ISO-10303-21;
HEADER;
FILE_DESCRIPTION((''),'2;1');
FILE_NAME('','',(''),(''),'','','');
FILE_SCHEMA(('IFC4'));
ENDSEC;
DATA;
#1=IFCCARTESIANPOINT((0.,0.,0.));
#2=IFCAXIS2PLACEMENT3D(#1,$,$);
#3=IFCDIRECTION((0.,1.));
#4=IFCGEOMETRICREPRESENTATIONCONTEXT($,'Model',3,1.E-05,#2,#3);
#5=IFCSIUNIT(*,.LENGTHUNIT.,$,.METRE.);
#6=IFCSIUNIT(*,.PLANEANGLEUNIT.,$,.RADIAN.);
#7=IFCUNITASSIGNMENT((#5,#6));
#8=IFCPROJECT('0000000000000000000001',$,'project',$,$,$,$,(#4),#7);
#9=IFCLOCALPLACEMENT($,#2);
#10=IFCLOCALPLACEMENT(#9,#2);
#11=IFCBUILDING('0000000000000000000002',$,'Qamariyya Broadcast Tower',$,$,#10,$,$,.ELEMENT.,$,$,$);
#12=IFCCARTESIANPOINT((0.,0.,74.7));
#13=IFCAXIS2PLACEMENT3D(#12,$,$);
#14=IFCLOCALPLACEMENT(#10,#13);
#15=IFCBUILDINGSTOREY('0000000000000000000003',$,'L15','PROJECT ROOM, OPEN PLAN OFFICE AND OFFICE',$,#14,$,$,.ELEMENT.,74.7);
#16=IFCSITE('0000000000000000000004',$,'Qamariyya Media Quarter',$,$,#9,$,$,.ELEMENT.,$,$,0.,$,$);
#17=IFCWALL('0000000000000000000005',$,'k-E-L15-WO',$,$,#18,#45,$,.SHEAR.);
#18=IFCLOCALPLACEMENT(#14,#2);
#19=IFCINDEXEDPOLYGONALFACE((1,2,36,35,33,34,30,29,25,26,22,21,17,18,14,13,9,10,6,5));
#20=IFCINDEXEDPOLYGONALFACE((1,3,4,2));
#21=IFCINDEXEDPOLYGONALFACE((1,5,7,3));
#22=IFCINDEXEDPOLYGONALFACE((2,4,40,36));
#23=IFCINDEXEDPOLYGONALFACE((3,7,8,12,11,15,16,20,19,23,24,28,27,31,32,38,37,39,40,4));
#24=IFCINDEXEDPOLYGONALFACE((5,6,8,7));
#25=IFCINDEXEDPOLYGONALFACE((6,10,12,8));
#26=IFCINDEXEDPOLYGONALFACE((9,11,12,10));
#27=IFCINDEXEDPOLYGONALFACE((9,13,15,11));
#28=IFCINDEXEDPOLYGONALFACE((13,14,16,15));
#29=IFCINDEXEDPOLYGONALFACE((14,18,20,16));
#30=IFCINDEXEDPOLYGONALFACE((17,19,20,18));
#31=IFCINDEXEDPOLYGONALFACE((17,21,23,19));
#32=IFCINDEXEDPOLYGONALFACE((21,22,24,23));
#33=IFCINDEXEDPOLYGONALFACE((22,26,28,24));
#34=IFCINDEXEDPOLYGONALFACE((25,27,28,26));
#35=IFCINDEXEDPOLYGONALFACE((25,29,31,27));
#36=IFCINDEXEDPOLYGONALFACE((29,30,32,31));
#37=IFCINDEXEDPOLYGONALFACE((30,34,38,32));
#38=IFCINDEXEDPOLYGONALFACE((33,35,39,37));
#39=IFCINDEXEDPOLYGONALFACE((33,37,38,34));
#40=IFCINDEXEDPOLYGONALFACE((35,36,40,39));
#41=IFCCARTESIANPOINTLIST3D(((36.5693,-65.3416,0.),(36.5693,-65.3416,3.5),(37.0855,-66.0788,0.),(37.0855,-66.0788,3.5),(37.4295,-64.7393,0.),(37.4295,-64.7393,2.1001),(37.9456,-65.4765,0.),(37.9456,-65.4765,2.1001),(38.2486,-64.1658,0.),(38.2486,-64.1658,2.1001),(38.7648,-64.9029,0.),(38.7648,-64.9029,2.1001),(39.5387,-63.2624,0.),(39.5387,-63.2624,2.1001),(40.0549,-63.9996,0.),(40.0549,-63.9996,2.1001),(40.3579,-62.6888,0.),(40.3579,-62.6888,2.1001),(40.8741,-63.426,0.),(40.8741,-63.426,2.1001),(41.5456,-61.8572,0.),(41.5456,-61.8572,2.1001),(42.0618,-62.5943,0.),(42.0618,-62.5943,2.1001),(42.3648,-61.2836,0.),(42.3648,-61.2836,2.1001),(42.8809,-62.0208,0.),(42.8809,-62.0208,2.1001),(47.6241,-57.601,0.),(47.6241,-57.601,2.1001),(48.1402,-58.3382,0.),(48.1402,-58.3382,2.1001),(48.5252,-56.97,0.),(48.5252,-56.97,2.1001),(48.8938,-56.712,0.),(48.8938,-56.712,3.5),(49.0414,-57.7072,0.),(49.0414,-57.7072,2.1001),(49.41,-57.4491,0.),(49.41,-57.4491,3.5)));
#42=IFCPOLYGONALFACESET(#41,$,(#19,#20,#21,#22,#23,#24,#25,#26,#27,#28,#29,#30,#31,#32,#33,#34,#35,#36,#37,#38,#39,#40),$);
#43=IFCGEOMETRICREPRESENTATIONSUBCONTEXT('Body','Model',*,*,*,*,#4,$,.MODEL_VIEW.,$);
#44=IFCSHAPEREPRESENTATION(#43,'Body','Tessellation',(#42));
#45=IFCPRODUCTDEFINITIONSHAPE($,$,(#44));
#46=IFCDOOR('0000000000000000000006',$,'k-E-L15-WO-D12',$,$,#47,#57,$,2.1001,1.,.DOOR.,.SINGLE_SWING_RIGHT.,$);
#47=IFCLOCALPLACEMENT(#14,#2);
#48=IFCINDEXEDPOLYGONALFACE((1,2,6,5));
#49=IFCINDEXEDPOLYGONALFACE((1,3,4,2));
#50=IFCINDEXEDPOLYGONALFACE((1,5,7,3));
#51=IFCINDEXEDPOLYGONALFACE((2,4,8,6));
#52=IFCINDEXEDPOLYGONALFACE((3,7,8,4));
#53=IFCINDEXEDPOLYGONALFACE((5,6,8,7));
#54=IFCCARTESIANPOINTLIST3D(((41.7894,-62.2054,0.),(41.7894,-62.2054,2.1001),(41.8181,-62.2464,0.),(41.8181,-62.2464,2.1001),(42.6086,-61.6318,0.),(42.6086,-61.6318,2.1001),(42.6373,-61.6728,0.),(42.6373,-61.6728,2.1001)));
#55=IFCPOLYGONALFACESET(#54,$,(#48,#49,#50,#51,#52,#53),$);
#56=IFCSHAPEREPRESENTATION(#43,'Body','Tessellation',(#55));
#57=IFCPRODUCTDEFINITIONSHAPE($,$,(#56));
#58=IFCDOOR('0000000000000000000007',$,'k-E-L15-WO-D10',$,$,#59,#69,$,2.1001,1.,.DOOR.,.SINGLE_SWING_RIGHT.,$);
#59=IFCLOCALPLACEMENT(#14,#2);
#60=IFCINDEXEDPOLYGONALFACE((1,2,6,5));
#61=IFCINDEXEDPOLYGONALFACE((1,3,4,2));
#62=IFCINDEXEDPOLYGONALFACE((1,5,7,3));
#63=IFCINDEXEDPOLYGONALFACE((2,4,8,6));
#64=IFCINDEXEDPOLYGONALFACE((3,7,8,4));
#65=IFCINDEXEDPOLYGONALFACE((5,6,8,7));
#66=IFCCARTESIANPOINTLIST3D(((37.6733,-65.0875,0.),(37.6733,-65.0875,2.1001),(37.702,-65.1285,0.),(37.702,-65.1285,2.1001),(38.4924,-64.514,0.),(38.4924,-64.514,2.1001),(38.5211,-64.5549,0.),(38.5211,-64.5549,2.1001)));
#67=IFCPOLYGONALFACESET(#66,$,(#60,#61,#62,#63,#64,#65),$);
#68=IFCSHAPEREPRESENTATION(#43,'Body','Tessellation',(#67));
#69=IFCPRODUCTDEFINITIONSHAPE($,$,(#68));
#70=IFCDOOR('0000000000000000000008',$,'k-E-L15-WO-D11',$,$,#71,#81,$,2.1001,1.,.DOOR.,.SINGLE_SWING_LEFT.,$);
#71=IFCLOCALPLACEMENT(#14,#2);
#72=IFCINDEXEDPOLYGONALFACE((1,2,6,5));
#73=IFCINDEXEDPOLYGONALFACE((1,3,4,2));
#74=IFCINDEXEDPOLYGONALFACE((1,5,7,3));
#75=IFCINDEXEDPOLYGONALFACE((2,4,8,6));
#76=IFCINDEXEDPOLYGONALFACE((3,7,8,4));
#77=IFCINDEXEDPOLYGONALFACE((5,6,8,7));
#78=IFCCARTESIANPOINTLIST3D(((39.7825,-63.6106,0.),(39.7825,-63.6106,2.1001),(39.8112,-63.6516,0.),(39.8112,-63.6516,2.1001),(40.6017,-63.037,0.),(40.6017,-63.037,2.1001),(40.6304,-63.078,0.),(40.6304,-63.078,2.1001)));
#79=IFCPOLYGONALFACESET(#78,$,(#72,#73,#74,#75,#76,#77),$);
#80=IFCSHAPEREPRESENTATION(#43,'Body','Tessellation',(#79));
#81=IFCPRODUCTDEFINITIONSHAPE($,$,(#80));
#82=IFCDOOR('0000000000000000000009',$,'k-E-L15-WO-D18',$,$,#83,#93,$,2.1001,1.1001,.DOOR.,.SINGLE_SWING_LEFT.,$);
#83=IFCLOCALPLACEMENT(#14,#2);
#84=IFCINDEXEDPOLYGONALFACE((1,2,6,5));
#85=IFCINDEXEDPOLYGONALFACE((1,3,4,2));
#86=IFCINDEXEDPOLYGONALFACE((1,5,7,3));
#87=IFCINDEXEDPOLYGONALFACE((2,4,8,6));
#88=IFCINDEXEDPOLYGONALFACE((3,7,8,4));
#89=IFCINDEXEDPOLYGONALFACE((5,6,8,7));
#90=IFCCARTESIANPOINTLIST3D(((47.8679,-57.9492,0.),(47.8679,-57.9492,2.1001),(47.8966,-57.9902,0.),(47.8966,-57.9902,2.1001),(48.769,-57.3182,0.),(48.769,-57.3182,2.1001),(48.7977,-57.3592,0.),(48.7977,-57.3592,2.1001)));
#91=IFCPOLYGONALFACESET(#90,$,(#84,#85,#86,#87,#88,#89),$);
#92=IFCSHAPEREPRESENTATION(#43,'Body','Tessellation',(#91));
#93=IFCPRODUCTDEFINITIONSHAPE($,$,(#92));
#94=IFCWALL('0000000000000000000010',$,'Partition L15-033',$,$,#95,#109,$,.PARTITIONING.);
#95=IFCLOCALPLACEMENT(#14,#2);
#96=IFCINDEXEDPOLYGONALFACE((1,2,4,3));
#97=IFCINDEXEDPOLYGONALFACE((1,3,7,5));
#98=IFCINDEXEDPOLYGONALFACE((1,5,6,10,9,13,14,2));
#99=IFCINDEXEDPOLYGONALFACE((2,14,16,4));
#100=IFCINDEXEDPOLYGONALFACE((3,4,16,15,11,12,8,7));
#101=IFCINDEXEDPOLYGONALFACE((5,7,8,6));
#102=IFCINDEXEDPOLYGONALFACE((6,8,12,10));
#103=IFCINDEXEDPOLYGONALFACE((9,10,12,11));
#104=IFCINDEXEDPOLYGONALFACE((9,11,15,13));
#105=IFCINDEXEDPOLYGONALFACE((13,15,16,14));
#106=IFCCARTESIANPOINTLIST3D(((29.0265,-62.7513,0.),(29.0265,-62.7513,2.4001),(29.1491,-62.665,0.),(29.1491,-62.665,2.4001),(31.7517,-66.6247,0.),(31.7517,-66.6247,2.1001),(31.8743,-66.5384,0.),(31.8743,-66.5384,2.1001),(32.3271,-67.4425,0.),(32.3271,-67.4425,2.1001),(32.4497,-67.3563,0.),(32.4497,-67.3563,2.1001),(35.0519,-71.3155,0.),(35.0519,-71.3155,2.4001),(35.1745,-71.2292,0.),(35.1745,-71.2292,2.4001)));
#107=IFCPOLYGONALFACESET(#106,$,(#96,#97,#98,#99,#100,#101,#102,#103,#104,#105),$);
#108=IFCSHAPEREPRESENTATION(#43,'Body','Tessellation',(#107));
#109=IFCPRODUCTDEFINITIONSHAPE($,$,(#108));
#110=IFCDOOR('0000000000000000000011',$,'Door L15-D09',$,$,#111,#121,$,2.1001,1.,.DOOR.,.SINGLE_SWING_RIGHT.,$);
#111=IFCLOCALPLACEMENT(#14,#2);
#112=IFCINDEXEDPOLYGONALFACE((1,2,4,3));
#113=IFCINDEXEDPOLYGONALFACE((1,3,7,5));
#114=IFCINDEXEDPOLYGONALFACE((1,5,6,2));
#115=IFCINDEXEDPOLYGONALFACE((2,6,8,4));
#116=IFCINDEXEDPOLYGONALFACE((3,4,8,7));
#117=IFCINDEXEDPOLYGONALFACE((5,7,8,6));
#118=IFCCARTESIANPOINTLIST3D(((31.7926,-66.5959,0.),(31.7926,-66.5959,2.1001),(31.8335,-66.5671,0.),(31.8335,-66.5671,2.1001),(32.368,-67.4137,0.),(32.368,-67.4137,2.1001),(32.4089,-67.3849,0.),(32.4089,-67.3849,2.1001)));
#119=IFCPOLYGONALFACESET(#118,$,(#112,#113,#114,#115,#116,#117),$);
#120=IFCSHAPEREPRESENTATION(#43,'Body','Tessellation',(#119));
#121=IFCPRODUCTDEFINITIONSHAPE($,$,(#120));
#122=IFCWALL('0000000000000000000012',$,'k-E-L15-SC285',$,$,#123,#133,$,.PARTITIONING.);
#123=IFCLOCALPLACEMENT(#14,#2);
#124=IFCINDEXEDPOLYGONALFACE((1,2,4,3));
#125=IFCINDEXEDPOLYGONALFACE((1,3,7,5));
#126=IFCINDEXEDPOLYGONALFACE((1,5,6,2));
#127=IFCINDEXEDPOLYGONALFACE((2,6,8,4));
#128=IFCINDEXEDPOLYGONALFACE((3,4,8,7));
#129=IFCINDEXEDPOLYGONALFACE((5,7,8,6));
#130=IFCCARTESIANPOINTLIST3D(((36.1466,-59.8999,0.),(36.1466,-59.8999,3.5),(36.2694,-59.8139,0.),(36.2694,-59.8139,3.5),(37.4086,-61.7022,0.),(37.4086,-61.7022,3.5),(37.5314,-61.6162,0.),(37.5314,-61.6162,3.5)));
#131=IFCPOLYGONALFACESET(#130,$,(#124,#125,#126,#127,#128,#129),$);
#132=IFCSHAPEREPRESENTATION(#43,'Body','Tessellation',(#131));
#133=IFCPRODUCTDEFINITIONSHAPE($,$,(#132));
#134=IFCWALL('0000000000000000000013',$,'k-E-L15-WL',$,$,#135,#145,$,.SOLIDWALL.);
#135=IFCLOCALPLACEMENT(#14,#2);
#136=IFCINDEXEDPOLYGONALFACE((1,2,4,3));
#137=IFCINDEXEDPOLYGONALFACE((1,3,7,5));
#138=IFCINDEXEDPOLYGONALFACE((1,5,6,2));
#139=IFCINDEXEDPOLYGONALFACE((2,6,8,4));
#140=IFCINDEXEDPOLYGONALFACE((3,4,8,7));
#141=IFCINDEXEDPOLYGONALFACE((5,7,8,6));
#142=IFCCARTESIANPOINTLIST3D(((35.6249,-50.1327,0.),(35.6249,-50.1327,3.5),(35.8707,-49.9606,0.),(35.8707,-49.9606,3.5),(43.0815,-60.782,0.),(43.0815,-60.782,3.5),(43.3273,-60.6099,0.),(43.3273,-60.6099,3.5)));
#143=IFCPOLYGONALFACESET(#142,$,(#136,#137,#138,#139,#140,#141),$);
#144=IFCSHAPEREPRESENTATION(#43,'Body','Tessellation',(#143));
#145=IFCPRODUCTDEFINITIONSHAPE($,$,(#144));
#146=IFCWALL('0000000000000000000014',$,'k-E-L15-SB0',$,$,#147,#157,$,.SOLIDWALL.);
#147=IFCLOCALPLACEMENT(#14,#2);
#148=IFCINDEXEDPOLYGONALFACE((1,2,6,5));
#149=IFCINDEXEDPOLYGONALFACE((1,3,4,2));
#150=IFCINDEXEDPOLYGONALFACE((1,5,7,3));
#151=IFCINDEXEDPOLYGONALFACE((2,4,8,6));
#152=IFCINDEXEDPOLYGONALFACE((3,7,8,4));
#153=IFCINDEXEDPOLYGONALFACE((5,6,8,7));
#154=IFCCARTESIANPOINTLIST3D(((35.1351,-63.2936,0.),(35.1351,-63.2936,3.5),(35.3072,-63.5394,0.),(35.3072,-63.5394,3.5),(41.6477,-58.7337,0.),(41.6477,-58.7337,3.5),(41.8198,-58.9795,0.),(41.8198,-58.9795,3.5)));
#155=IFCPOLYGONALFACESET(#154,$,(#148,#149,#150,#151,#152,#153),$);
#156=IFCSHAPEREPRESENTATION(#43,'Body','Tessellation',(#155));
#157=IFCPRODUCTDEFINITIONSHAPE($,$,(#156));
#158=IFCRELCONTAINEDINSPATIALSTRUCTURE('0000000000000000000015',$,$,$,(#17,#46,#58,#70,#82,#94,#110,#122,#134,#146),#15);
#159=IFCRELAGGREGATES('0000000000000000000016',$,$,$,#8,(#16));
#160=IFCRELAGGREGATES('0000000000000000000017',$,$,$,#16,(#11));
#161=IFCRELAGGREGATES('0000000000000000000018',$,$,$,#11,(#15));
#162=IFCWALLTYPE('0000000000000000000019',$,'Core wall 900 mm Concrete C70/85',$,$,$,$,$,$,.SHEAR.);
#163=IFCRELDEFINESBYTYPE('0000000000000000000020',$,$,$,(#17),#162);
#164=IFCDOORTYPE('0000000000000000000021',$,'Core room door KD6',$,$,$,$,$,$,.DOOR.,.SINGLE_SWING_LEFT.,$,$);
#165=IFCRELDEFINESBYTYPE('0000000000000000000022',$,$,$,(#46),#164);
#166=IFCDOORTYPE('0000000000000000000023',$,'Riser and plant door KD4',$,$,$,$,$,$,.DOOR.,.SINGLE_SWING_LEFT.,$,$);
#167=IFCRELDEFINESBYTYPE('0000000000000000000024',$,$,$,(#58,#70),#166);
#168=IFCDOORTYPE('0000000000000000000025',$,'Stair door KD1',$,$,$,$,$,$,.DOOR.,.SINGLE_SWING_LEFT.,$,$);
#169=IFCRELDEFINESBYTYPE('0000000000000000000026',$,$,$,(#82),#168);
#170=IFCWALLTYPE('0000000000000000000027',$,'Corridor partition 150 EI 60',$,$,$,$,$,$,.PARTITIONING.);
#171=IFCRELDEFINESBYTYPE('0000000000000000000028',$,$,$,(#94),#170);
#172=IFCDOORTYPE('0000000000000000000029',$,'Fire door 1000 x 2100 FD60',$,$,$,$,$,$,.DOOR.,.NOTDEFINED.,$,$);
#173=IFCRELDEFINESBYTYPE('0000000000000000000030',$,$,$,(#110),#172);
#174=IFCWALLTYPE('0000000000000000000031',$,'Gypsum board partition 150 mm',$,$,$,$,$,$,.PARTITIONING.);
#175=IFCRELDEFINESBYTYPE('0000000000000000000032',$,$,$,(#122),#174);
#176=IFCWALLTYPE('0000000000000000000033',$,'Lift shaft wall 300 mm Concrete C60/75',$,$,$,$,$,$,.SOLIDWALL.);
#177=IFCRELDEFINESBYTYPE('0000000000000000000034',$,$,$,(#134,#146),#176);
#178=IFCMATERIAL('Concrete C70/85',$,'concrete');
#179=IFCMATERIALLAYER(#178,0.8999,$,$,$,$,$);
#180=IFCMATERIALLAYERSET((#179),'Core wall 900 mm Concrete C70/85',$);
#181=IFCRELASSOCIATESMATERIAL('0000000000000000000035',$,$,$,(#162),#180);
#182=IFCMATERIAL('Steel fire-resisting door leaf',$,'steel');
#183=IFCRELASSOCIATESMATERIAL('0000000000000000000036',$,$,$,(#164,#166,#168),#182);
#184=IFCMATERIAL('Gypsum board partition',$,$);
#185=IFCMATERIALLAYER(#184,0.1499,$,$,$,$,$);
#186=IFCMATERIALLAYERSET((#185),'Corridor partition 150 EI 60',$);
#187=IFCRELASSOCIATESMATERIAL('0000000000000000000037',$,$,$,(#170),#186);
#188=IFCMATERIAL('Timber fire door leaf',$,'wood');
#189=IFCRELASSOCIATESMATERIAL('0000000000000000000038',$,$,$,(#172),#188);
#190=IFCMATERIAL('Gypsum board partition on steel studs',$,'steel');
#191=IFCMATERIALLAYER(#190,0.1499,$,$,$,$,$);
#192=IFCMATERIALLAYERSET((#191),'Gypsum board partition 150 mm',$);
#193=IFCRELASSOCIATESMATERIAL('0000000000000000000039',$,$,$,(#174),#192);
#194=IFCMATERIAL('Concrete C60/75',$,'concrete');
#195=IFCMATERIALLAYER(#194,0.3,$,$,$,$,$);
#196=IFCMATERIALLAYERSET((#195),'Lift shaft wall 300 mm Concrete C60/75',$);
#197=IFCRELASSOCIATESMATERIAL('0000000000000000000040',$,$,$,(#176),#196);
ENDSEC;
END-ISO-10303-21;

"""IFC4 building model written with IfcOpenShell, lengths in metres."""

from ifc_helpers import new_model, si_unit, direction, frame, frame_2d, origin, place, context, subcontext, project, spatial, rectangle, extrude, material, layer, layer_set, type_object, element, fill, save


model = new_model("IFC4")

# Units and contexts
model_context = context("Model", 3, precision=1e-05, world=origin(), true_north=direction((0.0, 1.0)))
body_context = subcontext(model_context, "Body", "Model", "MODEL_VIEW")
ifc_project = project(units=[si_unit("LENGTHUNIT", "METRE"), si_unit("PLANEANGLEUNIT", "RADIAN")], contexts=[model_context])

# Site, building, storey
site_placement = place(None, origin())
site = spatial("IfcSite", under=ifc_project, at=site_placement, Name="Qamariyya Media Quarter", CompositionType="ELEMENT", RefElevation=0.0)
building_placement = place(site_placement, origin())
building = spatial("IfcBuilding", under=site, at=building_placement, Name="Qamariyya Broadcast Tower", CompositionType="ELEMENT")
storey_placement = place(building_placement, frame((0.0, 0.0, 74.7)))
storey = spatial("IfcBuildingStorey", under=building, at=storey_placement, Name="L15", Description="PROJECT ROOM, OPEN PLAN OFFICE AND OFFICE", CompositionType="ELEMENT", Elevation=74.7)

# Shared definitions
ifc_material_1 = material(Name="Concrete C70/85", Category="concrete")

# Shared definitions
ifc_layer_1 = layer(ifc_material_1, 0.8999)
ifc_layer_set_1 = layer_set([ifc_layer_1], Name="Core wall 900 mm Concrete C70/85")
wall_type_1 = type_object("IfcWallType", Name="Core wall 900 mm Concrete C70/85", PredefinedType="SHEAR", material=ifc_layer_set_1)
ifc_material_2 = material(Name="Steel fire-resisting door leaf", Category="steel")

# Wall, openings, doors
wall_1_placement = place(storey_placement, frame((36.8274, -65.7102, 0.0), z_axis=(0.0, 0.0, 1.0), x_axis=(0.819153, 0.573575, 0.0)))
wall_1 = element("IfcWall", 1, at=wall_1_placement, inside=storey, type_object=wall_type_1, Name="k-E-L15-WO", PredefinedType="SHEAR", context=body_context, shape_type="SweptSolid", body=[
    extrude(rectangle(XDim=15.0454, YDim=0.8999, at=frame_2d((7.5227, 0.0))), origin(), (0.0, 0.0, 1.0), 3.5),
])
opening_1_placement = place(wall_1_placement, frame((1.05, 0.0, 0.0)))
opening_1 = element("IfcOpeningElement", 2, at=opening_1_placement, cuts=wall_1, PredefinedType="OPENING", context=body_context, shape_type="SweptSolid", body=[
    extrude(rectangle(XDim=1.0, YDim=2.1001, at=frame_2d((0.5, 1.05))), frame((0.0, 0.46, 0.0), z_axis=(0.0, -1.0, 0.0), x_axis=(1.0, 0.0, 0.0)), (0.0, 0.0, 1.0), 0.9199),
])
opening_2_placement = place(wall_1_placement, frame((3.625, 0.0, 0.0)))
opening_2 = element("IfcOpeningElement", 3, at=opening_2_placement, cuts=wall_1, PredefinedType="OPENING", context=body_context, shape_type="SweptSolid", body=[
    extrude(rectangle(XDim=1.0, YDim=2.1001, at=frame_2d((0.5, 1.05))), frame((0.0, 0.46, 0.0), z_axis=(0.0, -1.0, 0.0), x_axis=(1.0, 0.0, 0.0)), (0.0, 0.0, 1.0), 0.9199),
])
opening_3_placement = place(wall_1_placement, frame((6.075, 0.0, 0.0)))
opening_3 = element("IfcOpeningElement", 4, at=opening_3_placement, cuts=wall_1, PredefinedType="OPENING", context=body_context, shape_type="SweptSolid", body=[
    extrude(rectangle(XDim=1.0, YDim=2.1001, at=frame_2d((0.5, 1.05))), frame((0.0, 0.46, 0.0), z_axis=(0.0, -1.0, 0.0), x_axis=(1.0, 0.0, 0.0)), (0.0, 0.0, 1.0), 0.9199),
])
opening_4_placement = place(wall_1_placement, frame((13.4954, 0.0, 0.0)))
opening_4 = element("IfcOpeningElement", 5, at=opening_4_placement, cuts=wall_1, PredefinedType="OPENING", context=body_context, shape_type="SweptSolid", body=[
    extrude(rectangle(XDim=1.1001, YDim=2.1001, at=frame_2d((0.55, 1.05))), frame((0.0, 0.46, 0.0), z_axis=(0.0, -1.0, 0.0), x_axis=(1.0, 0.0, 0.0)), (0.0, 0.0, 1.0), 0.9199),
])
door_type_1 = type_object("IfcDoorType", Name="Core room door KD6", OperationType="SINGLE_SWING_LEFT", PredefinedType="DOOR", material=ifc_material_2)
door_1_placement = place(opening_3_placement, origin())
door_1 = element("IfcDoor", 6, at=door_1_placement, inside=storey, type_object=door_type_1, Name="k-E-L15-WO-D12", OperationType="SINGLE_SWING_RIGHT", OverallHeight=2.1001, OverallWidth=1.0, PredefinedType="DOOR", context=body_context, shape_type="SweptSolid", body=[
    extrude(rectangle(XDim=1.0, YDim=2.1001, at=frame_2d((0.5, 1.05))), frame((0.0, 0.0249, 0.0), z_axis=(0.0, -1.0, 0.0), x_axis=(1.0, 0.0, 0.0)), (0.0, 0.0, 1.0), 0.05),
])
fill(opening_3, door_1)
door_type_2 = type_object("IfcDoorType", Name="Riser and plant door KD4", OperationType="SINGLE_SWING_LEFT", PredefinedType="DOOR", material=ifc_material_2)
door_2_placement = place(opening_1_placement, origin())
door_2 = element("IfcDoor", 7, at=door_2_placement, inside=storey, type_object=door_type_2, Name="k-E-L15-WO-D10", OperationType="SINGLE_SWING_RIGHT", OverallHeight=2.1001, OverallWidth=1.0, PredefinedType="DOOR", context=body_context, shape_type="SweptSolid", body=[
    extrude(rectangle(XDim=1.0, YDim=2.1001, at=frame_2d((0.5, 1.05))), frame((0.0, 0.0249, 0.0), z_axis=(0.0, -1.0, 0.0), x_axis=(1.0, 0.0, 0.0)), (0.0, 0.0, 1.0), 0.05),
])
fill(opening_1, door_2)
door_3_placement = place(opening_2_placement, origin())
door_3 = element("IfcDoor", 8, at=door_3_placement, inside=storey, type_object=door_type_2, Name="k-E-L15-WO-D11", OperationType="SINGLE_SWING_LEFT", OverallHeight=2.1001, OverallWidth=1.0, PredefinedType="DOOR", context=body_context, shape_type="SweptSolid", body=[
    extrude(rectangle(XDim=1.0, YDim=2.1001, at=frame_2d((0.5, 1.05))), frame((0.0, 0.0249, 0.0), z_axis=(0.0, -1.0, 0.0), x_axis=(1.0, 0.0, 0.0)), (0.0, 0.0, 1.0), 0.05),
])
fill(opening_2, door_3)
door_type_3 = type_object("IfcDoorType", Name="Stair door KD1", OperationType="SINGLE_SWING_LEFT", PredefinedType="DOOR", material=ifc_material_2)
door_4_placement = place(opening_4_placement, origin())
door_4 = element("IfcDoor", 9, at=door_4_placement, inside=storey, type_object=door_type_3, Name="k-E-L15-WO-D18", OperationType="SINGLE_SWING_LEFT", OverallHeight=2.1001, OverallWidth=1.1001, PredefinedType="DOOR", context=body_context, shape_type="SweptSolid", body=[
    extrude(rectangle(XDim=1.1001, YDim=2.1001, at=frame_2d((0.55, 1.05))), frame((0.0, 0.0249, 0.0), z_axis=(0.0, -1.0, 0.0), x_axis=(1.0, 0.0, 0.0)), (0.0, 0.0, 1.0), 0.05),
])
fill(opening_4, door_4)

# Wall, opening, door
ifc_material_3 = material(Name="Gypsum board partition")
ifc_layer_2 = layer(ifc_material_3, 0.1499)
ifc_layer_set_2 = layer_set([ifc_layer_2], Name="Corridor partition 150 EI 60")
wall_type_2 = type_object("IfcWallType", Name="Corridor partition 150 EI 60", PredefinedType="PARTITIONING", material=ifc_layer_set_2)
wall_2_placement = place(storey_placement, frame((35.1133, -71.2725, 0.0), z_axis=(0.0, 0.0, 1.0), x_axis=(-0.575412, 0.817864, 0.0)))
wall_2 = element("IfcWall", 10, at=wall_2_placement, inside=storey, type_object=wall_type_2, Name="Partition L15-033", PredefinedType="PARTITIONING", context=body_context, shape_type="SweptSolid", body=[
    extrude(rectangle(XDim=10.4714, YDim=0.1499, at=frame_2d((5.2358, 0.0))), origin(), (0.0, 0.0, 1.0), 2.4001),
])
opening_5_placement = place(wall_2_placement, frame((4.7356, 0.0, 0.0)))
opening_5 = element("IfcOpeningElement", 11, at=opening_5_placement, cuts=wall_2, PredefinedType="OPENING", context=body_context, shape_type="SweptSolid", body=[
    extrude(rectangle(XDim=1.0, YDim=2.1001, at=frame_2d((0.5, 1.05))), frame((0.0, 0.085, 0.0), z_axis=(0.0, -1.0, 0.0), x_axis=(1.0, 0.0, 0.0)), (0.0, 0.0, 1.0), 0.1699),
])
ifc_material_4 = material(Name="Timber fire door leaf", Category="wood")
door_type_4 = type_object("IfcDoorType", Name="Fire door 1000 x 2100 FD60", OperationType="NOTDEFINED", PredefinedType="DOOR", material=ifc_material_4)
door_5_placement = place(opening_5_placement, origin())
door_5 = element("IfcDoor", 12, at=door_5_placement, inside=storey, type_object=door_type_4, Name="Door L15-D09", OperationType="SINGLE_SWING_RIGHT", OverallHeight=2.1001, OverallWidth=1.0, PredefinedType="DOOR", context=body_context, shape_type="SweptSolid", body=[
    extrude(rectangle(XDim=1.0, YDim=2.1001, at=frame_2d((0.5, 1.05))), frame((0.0, 0.0249, 0.0), z_axis=(0.0, -1.0, 0.0), x_axis=(1.0, 0.0, 0.0)), (0.0, 0.0, 1.0), 0.05),
])
fill(opening_5, door_5)

# Walls
ifc_material_5 = material(Name="Gypsum board partition on steel studs", Category="steel")
ifc_layer_3 = layer(ifc_material_5, 0.1499)
ifc_layer_set_3 = layer_set([ifc_layer_3], Name="Gypsum board partition 150 mm")
wall_type_3 = type_object("IfcWallType", Name="Gypsum board partition 150 mm", PredefinedType="PARTITIONING", material=ifc_layer_set_3)
wall_3_placement = place(storey_placement, frame((36.208, -59.8569, 0.0), z_axis=(0.0, 0.0, 1.0), x_axis=(0.573581, -0.819149, 0.0)))
element("IfcWall", 13, at=wall_3_placement, inside=storey, type_object=wall_type_3, Name="k-E-L15-SC285", PredefinedType="PARTITIONING", context=body_context, shape_type="SweptSolid", body=[
    extrude(rectangle(XDim=2.2002, YDim=0.1499, at=frame_2d((1.1001, 0.0))), origin(), (0.0, 0.0, 1.0), 3.5),
])
ifc_material_6 = material(Name="Concrete C60/75", Category="concrete")
ifc_layer_4 = layer(ifc_material_6, 0.3)
ifc_layer_set_4 = layer_set([ifc_layer_4], Name="Lift shaft wall 300 mm Concrete C60/75")
wall_type_4 = type_object("IfcWallType", Name="Lift shaft wall 300 mm Concrete C60/75", PredefinedType="SOLIDWALL", material=ifc_layer_set_4)
wall_4_placement = place(storey_placement, frame((43.2043, -60.6958, 0.0), z_axis=(0.0, 0.0, 1.0), x_axis=(-0.573572, 0.819155, 0.0)))
element("IfcWall", 14, at=wall_4_placement, inside=storey, type_object=wall_type_4, Name="k-E-L15-WL", PredefinedType="SOLIDWALL", context=body_context, shape_type="SweptSolid", body=[
    extrude(rectangle(XDim=13.0002, YDim=0.3, at=frame_2d((6.5, 0.0))), origin(), (0.0, 0.0, 1.0), 3.5),
])
wall_5_placement = place(storey_placement, frame((35.2212, -63.4165, 0.0), z_axis=(0.0, 0.0, 1.0), x_axis=(0.819167, 0.573555, 0.0)))
element("IfcWall", 15, at=wall_5_placement, inside=storey, type_object=wall_type_4, Name="k-E-L15-SB0", PredefinedType="SOLIDWALL", context=body_context, shape_type="SweptSolid", body=[
    extrude(rectangle(XDim=7.9502, YDim=0.3, at=frame_2d((3.9751, 0.0))), origin(), (0.0, 0.0, 1.0), 3.5),
])

save(model, "model.ifc")
